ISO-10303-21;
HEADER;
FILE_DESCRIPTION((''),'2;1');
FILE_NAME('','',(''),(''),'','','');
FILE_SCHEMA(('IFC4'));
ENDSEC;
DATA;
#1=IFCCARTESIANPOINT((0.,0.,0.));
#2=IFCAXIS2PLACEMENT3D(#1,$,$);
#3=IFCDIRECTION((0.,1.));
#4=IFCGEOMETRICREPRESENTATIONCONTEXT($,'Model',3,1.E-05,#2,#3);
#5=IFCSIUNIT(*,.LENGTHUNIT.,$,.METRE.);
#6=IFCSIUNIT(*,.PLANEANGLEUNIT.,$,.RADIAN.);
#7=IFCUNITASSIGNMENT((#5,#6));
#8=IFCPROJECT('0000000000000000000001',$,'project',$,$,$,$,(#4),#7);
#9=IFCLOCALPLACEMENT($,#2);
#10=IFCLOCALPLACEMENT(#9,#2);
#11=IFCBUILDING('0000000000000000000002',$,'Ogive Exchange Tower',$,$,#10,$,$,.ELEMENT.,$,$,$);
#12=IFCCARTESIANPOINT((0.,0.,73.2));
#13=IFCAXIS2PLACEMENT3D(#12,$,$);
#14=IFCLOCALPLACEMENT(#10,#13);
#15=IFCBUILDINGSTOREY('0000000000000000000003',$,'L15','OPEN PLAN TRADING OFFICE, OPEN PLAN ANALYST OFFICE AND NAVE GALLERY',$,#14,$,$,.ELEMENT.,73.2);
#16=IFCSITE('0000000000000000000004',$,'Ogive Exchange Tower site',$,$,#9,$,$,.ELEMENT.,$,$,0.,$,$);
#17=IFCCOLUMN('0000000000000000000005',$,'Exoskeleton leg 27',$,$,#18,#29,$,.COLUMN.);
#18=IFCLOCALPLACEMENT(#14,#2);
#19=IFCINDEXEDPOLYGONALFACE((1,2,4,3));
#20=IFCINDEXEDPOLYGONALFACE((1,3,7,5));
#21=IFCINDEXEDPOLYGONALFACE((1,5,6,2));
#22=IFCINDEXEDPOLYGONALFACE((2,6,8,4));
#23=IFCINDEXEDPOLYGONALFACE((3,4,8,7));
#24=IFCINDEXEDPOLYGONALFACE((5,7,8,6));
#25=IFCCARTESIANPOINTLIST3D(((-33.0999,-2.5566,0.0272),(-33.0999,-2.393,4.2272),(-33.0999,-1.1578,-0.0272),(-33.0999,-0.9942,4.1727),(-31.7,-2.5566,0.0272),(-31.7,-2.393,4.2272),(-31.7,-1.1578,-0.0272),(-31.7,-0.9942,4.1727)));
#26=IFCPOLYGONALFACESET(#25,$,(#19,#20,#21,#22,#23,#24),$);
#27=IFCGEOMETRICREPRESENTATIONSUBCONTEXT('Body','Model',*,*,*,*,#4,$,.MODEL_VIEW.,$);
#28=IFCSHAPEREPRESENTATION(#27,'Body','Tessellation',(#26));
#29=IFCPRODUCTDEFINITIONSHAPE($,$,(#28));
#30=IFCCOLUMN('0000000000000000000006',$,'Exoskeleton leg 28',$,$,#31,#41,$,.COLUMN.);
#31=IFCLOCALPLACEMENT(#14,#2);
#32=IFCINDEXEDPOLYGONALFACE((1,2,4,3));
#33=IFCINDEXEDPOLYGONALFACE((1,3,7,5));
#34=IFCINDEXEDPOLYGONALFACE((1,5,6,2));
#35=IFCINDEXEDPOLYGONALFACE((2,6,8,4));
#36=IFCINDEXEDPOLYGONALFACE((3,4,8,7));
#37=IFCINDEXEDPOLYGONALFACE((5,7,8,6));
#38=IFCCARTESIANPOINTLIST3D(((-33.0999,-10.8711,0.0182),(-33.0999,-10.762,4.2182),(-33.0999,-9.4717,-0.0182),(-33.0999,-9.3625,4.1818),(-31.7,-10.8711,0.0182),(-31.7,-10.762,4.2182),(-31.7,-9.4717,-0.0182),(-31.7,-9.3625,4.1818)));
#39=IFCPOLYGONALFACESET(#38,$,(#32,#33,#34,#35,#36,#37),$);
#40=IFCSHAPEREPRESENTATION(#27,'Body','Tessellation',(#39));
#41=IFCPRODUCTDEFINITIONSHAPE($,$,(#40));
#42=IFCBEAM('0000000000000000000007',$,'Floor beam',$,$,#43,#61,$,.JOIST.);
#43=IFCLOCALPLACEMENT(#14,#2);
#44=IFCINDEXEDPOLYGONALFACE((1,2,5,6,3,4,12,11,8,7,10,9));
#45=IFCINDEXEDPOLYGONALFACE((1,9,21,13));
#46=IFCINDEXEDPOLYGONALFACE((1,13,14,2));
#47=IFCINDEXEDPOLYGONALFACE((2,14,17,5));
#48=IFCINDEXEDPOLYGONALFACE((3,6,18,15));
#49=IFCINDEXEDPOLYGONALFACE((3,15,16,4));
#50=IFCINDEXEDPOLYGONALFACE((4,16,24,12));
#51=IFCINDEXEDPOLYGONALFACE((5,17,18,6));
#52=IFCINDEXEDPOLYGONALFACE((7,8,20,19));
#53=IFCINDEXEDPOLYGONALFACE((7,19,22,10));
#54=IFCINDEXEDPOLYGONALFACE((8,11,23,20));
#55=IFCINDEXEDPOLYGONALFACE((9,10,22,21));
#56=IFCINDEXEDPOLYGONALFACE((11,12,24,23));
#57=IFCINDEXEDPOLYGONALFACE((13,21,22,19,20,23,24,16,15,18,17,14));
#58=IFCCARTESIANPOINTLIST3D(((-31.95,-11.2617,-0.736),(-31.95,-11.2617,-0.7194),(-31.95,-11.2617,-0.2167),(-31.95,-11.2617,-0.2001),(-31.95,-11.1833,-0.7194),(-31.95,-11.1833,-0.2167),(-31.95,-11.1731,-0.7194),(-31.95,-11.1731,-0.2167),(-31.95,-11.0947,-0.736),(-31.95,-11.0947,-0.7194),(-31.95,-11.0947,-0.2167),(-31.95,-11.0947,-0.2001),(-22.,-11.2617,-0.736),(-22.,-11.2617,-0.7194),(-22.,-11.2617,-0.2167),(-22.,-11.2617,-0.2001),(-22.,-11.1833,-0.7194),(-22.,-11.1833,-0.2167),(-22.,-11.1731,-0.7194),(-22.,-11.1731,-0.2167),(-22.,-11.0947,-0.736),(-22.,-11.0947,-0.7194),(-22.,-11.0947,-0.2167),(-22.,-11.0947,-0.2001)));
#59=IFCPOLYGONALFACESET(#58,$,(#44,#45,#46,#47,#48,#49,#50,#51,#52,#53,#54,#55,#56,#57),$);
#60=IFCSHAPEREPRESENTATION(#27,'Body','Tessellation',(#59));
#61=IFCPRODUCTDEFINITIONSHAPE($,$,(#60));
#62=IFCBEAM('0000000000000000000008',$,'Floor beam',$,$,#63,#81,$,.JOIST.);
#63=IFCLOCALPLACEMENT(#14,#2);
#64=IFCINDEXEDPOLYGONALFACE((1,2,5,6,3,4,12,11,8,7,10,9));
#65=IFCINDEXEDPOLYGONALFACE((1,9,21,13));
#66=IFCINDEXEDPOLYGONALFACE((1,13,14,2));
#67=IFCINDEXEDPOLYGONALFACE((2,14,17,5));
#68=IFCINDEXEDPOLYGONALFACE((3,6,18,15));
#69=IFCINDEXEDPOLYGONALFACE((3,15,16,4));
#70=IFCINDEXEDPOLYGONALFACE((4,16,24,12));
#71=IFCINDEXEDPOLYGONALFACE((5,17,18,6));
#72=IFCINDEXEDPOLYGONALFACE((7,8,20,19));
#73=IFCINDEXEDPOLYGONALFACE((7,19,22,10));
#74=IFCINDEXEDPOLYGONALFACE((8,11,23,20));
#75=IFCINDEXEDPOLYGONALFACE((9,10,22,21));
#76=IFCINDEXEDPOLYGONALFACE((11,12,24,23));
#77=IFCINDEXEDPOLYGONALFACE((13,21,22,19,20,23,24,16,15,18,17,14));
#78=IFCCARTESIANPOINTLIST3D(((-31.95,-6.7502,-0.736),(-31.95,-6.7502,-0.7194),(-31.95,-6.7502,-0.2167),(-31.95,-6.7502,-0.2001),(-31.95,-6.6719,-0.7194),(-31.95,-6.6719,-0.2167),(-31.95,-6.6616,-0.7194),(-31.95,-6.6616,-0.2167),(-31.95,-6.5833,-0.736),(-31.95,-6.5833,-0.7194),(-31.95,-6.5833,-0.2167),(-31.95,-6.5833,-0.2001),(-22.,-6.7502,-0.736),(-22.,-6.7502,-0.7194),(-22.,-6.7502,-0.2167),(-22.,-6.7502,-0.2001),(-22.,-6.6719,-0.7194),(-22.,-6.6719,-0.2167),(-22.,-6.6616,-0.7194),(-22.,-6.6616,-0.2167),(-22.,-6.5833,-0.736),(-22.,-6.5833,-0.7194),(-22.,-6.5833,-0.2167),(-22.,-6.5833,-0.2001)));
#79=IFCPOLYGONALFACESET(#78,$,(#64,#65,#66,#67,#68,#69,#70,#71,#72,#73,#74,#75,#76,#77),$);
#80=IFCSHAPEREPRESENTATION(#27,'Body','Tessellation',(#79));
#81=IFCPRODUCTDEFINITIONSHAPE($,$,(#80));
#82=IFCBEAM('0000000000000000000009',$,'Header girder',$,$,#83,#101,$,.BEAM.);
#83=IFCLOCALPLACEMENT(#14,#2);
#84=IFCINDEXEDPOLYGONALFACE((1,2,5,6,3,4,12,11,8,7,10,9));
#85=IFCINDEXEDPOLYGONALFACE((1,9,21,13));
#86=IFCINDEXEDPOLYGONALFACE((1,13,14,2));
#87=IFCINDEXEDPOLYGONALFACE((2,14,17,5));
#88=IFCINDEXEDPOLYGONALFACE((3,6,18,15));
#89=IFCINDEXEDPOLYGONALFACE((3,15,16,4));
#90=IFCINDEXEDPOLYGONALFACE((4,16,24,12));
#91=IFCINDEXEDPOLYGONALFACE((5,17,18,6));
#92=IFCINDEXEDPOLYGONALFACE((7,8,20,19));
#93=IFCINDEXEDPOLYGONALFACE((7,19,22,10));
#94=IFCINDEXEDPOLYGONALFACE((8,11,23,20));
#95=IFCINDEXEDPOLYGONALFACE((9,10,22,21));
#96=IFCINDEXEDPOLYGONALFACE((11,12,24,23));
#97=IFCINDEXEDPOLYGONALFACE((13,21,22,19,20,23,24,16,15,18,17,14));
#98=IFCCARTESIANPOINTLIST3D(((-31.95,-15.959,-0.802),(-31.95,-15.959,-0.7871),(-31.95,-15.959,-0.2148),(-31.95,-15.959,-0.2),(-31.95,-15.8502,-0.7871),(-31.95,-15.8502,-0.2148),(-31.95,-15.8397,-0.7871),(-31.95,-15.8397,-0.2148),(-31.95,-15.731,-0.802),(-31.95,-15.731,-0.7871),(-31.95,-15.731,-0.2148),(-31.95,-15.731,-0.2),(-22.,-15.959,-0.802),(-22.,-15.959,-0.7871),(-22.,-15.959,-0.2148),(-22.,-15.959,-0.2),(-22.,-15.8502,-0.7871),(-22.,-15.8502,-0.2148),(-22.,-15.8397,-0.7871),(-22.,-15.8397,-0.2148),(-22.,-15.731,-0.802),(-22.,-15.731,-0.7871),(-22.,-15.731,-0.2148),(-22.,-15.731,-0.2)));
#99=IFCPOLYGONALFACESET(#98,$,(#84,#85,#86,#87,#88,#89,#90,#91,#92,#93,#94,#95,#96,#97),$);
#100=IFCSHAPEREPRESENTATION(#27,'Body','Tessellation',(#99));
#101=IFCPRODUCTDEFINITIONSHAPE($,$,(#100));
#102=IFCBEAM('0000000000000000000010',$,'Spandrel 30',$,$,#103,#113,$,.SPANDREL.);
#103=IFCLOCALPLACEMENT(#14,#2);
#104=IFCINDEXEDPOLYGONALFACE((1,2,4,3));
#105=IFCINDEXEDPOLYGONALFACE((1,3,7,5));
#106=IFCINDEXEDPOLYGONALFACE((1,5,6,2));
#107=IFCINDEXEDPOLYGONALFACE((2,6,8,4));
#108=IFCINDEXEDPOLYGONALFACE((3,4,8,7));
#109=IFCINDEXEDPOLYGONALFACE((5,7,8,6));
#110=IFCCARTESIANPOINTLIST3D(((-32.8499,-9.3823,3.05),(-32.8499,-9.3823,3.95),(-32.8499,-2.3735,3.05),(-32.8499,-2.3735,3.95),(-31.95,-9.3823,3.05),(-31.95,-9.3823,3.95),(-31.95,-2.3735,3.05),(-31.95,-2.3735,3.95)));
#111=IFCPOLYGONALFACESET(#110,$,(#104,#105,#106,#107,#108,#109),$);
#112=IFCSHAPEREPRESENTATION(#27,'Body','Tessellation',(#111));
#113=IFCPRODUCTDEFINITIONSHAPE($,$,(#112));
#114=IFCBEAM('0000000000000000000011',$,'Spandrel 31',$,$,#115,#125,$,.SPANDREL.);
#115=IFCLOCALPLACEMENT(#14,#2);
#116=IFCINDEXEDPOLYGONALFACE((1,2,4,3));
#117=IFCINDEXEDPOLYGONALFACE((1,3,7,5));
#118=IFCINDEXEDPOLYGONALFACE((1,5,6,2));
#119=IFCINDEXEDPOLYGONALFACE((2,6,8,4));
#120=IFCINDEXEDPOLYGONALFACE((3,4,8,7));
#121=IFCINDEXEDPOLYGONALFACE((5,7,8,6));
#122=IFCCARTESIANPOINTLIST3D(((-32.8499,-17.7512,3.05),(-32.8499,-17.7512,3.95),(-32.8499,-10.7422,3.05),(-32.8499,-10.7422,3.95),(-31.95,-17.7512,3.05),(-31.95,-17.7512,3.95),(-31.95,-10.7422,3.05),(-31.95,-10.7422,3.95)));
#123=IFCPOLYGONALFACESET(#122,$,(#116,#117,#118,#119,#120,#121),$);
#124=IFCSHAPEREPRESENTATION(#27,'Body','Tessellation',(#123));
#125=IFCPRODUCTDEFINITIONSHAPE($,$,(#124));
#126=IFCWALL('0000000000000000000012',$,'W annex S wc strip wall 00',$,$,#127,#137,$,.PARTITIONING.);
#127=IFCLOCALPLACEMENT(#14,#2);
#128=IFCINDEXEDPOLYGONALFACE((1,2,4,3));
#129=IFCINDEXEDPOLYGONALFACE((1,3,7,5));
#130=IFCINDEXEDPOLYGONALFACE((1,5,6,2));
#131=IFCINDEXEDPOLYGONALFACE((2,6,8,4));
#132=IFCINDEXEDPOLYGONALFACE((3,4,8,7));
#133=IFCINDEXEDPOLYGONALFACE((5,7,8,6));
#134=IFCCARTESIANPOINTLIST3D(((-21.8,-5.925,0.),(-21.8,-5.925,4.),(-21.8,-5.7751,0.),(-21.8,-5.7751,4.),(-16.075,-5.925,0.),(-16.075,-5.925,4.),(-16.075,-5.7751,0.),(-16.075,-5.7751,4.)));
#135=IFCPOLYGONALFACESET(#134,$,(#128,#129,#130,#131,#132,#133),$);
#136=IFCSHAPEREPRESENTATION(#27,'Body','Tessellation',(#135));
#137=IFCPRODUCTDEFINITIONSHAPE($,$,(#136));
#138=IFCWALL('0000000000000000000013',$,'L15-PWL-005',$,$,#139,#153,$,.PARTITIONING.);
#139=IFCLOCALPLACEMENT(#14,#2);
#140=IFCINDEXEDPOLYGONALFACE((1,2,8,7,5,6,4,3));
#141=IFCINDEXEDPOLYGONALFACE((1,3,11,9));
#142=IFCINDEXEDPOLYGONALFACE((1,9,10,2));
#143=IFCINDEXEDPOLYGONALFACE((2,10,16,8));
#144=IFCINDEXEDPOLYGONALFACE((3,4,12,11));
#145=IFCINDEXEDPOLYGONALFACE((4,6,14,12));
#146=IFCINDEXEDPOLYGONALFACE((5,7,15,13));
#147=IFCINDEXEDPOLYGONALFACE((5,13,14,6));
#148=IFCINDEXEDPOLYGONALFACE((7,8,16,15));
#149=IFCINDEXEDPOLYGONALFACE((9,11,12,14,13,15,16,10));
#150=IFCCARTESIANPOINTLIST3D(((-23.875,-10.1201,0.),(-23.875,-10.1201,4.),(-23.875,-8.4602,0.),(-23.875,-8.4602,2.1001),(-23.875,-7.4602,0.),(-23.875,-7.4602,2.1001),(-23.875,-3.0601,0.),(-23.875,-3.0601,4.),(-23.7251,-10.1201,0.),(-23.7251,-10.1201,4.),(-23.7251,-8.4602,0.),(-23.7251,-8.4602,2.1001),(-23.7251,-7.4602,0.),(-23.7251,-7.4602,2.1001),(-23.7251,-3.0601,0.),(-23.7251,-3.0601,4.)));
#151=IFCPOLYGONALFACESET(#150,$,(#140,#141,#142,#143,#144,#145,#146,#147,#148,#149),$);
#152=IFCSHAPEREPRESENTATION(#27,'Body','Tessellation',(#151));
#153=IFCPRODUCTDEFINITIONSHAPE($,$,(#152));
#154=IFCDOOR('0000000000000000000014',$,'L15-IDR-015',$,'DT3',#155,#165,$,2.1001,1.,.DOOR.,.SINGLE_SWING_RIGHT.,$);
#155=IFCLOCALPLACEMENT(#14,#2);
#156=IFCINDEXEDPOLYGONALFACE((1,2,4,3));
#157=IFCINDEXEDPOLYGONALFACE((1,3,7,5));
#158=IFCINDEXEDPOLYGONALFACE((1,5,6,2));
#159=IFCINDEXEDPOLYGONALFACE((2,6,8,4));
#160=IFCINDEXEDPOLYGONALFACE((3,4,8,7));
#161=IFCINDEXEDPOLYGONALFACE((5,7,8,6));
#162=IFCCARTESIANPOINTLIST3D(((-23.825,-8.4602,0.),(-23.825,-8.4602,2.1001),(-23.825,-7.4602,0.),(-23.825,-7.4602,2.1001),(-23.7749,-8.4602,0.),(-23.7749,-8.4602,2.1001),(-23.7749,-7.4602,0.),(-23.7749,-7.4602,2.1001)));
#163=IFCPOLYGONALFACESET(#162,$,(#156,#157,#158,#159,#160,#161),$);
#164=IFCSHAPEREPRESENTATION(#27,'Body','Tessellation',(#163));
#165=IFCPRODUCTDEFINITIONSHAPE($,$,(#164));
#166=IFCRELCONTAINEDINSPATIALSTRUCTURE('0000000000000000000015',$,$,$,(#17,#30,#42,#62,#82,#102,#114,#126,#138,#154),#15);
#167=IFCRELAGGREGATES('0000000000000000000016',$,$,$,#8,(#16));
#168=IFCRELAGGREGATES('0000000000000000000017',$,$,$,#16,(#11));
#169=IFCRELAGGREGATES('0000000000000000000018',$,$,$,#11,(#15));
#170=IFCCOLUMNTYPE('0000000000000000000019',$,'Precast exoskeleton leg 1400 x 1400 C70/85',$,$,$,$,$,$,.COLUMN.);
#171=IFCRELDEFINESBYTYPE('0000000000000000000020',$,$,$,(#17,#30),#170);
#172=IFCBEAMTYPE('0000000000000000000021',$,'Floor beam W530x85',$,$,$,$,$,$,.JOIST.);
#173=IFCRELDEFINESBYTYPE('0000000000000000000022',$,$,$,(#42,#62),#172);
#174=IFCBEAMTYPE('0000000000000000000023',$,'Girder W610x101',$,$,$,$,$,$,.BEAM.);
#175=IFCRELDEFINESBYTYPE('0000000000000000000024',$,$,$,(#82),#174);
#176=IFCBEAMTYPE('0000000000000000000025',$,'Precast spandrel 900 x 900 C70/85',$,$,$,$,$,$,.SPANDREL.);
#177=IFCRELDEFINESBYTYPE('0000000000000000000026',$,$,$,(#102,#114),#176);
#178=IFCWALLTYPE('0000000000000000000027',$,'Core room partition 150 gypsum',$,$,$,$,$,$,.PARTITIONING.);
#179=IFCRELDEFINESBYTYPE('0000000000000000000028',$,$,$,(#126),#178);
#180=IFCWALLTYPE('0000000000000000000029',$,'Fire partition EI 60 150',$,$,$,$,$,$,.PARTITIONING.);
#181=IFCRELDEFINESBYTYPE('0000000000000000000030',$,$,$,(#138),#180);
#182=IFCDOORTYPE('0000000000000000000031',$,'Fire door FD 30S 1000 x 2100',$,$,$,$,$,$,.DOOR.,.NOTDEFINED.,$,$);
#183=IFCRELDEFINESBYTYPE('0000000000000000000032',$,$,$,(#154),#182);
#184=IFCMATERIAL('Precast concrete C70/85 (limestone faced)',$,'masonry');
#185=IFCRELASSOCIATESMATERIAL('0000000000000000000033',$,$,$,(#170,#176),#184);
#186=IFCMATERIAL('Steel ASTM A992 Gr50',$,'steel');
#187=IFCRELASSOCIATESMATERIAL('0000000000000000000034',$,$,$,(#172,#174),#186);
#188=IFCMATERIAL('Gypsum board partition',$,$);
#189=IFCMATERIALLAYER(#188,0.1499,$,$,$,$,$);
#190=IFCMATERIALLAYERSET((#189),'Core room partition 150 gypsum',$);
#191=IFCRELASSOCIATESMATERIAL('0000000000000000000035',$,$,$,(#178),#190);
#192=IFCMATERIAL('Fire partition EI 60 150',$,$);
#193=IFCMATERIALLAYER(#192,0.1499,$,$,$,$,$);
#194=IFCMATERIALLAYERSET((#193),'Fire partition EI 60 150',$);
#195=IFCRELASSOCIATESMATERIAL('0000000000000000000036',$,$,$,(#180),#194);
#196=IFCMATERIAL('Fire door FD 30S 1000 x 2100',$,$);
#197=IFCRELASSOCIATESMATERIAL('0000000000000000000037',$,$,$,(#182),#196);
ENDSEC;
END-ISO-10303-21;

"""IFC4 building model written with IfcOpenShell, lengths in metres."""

from ifc_helpers import new_model, si_unit, direction, frame, frame_2d, origin, origin_2d, place, context, subcontext, project, spatial, rectangle, i_section, extrude, material, layer, layer_set, material_profile, profile_set, type_object, element, fill, save


model = new_model("IFC4")

# Units and contexts
model_context = context("Model", 3, precision=1e-05, world=origin(), true_north=direction((0.0, 1.0)))
body_context = subcontext(model_context, "Body", "Model", "MODEL_VIEW")
ifc_project = project(units=[si_unit("LENGTHUNIT", "METRE"), si_unit("PLANEANGLEUNIT", "RADIAN")], contexts=[model_context])

# Site, building, storey
site_placement = place(None, origin())
site = spatial("IfcSite", under=ifc_project, at=site_placement, Name="Ogive Exchange Tower site", CompositionType="ELEMENT", RefElevation=0.0)
building_placement = place(site_placement, origin())
building = spatial("IfcBuilding", under=site, at=building_placement, Name="Ogive Exchange Tower", CompositionType="ELEMENT")
storey_placement = place(building_placement, frame((0.0, 0.0, 73.2)))
storey = spatial("IfcBuildingStorey", under=building, at=storey_placement, Name="L15", Description="OPEN PLAN TRADING OFFICE, OPEN PLAN ANALYST OFFICE AND NAVE GALLERY", CompositionType="ELEMENT", Elevation=73.2)

# Columns
ifc_material_1 = material(Name="Precast concrete C70/85 (limestone faced)", Category="masonry")
ifc_material_profile_1 = material_profile(ifc_material_1, rectangle(XDim=1.3999, YDim=1.3999, at=origin_2d()), Name="1400 x 1400")
ifc_profile_set_1 = profile_set([ifc_material_profile_1], Name="Precast concrete C70/85 (limestone faced)")
column_type = type_object("IfcColumnType", Name="Precast exoskeleton leg 1400 x 1400 C70/85", PredefinedType="COLUMN", material=ifc_profile_set_1)
column_1_placement = place(storey_placement, frame((-32.3999, -1.8572, 0.0), z_axis=(0.0, 0.038917, 0.999242), x_axis=(-1.0, 0.0, 0.0)))
element("IfcColumn", 1, at=column_1_placement, inside=storey, type_object=column_type, Name="Exoskeleton leg 27", PredefinedType="COLUMN", context=body_context, shape_type="SweptSolid", body=[
    extrude(rectangle(XDim=1.3999, YDim=1.3999, at=origin_2d()), origin(), (0.0, 0.0, 1.0), 4.2031),
])
column_2_placement = place(storey_placement, frame((-32.3999, -10.1714, 0.0), z_axis=(0.0, 0.025975, 0.999663), x_axis=(-1.0, 0.0, 0.0)))
element("IfcColumn", 2, at=column_2_placement, inside=storey, type_object=column_type, Name="Exoskeleton leg 28", PredefinedType="COLUMN", context=body_context, shape_type="SweptSolid", body=[
    extrude(rectangle(XDim=1.3999, YDim=1.3999, at=origin_2d()), origin(), (0.0, 0.0, 1.0), 4.2014),
])

# Beams
ifc_material_2 = material(Name="Steel ASTM A992 Gr50", Category="steel")
ifc_material_profile_2 = material_profile(ifc_material_2, i_section(OverallWidth=0.167, OverallDepth=0.5359, WebThickness=0.0103, FlangeThickness=0.0166, at=origin_2d()), Name="W530x85")
ifc_profile_set_2 = profile_set([ifc_material_profile_2], Name="Steel ASTM A992 Gr50")
beam_type_1 = type_object("IfcBeamType", Name="Floor beam W530x85", PredefinedType="JOIST", material=ifc_profile_set_2)
for number, where, z_axis, x_axis, name in (
    (3, (-31.95, -11.1782, -0.468), (1.0, 0.0, 0.0), (0.0, 1.0, 0.0), "Floor beam"),
    (4, (-31.95, -6.6667, -0.468), (1.0, 0.0, 0.0), (0.0, 1.0, 0.0), "Floor beam"),
):
    element("IfcBeam", number, at=place(storey_placement, frame(where, z_axis=z_axis, x_axis=x_axis)), inside=storey, type_object=beam_type_1, Name=name, PredefinedType="JOIST", context=body_context, shape_type="SweptSolid", body=[
        extrude(i_section(OverallWidth=0.167, OverallDepth=0.5359, WebThickness=0.0103, FlangeThickness=0.0166, at=origin_2d()), origin(), (0.0, 0.0, 1.0), 9.95),
    ])
ifc_material_profile_3 = material_profile(ifc_material_2, i_section(OverallWidth=0.228, OverallDepth=0.6021, WebThickness=0.0105, FlangeThickness=0.0149, at=origin_2d()), Name="W610x101")
ifc_profile_set_3 = profile_set([ifc_material_profile_3], Name="Steel ASTM A992 Gr50")
beam_type_2 = type_object("IfcBeamType", Name="Girder W610x101", PredefinedType="BEAM", material=ifc_profile_set_3)
beam_1_placement = place(storey_placement, frame((-31.95, -15.845, -0.501), z_axis=(1.0, 0.0, 0.0), x_axis=(0.0, 1.0, 0.0)))
element("IfcBeam", 5, at=beam_1_placement, inside=storey, type_object=beam_type_2, Name="Header girder", PredefinedType="BEAM", context=body_context, shape_type="SweptSolid", body=[
    extrude(i_section(OverallWidth=0.228, OverallDepth=0.6021, WebThickness=0.0105, FlangeThickness=0.0149, at=origin_2d()), origin(), (0.0, 0.0, 1.0), 9.95),
])
ifc_material_profile_4 = material_profile(ifc_material_1, rectangle(XDim=0.8999, YDim=0.8999, at=origin_2d()), Name="900 x 900")
ifc_profile_set_4 = profile_set([ifc_material_profile_4], Name="Precast concrete C70/85 (limestone faced)")
beam_type_3 = type_object("IfcBeamType", Name="Precast spandrel 900 x 900 C70/85", PredefinedType="SPANDREL", material=ifc_profile_set_4)
beam_2_placement = place(storey_placement, frame((-32.3999, -2.3735, 3.5), z_axis=(0.0, -1.0, 0.0), x_axis=(1.0, 0.0, 0.0)))
element("IfcBeam", 6, at=beam_2_placement, inside=storey, type_object=beam_type_3, Name="Spandrel 30", PredefinedType="SPANDREL", context=body_context, shape_type="SweptSolid", body=[
    extrude(rectangle(XDim=0.8999, YDim=0.8999, at=origin_2d()), origin(), (0.0, 0.0, 1.0), 7.0088),
])
beam_3_placement = place(storey_placement, frame((-32.3999, -10.7422, 3.5), z_axis=(0.0, -1.0, 0.0), x_axis=(1.0, 0.0, 0.0)))
element("IfcBeam", 7, at=beam_3_placement, inside=storey, type_object=beam_type_3, Name="Spandrel 31", PredefinedType="SPANDREL", context=body_context, shape_type="SweptSolid", body=[
    extrude(rectangle(XDim=0.8999, YDim=0.8999, at=origin_2d()), origin(), (0.0, 0.0, 1.0), 7.009),
])

# Wall
ifc_material_3 = material(Name="Gypsum board partition")
ifc_layer_1 = layer(ifc_material_3, 0.1499)
ifc_layer_set_1 = layer_set([ifc_layer_1], Name="Core room partition 150 gypsum")
wall_type_1 = type_object("IfcWallType", Name="Core room partition 150 gypsum", PredefinedType="PARTITIONING", material=ifc_layer_set_1)
wall_1_placement = place(storey_placement, frame((-21.8, -5.8501, 0.0), z_axis=(0.0, 0.0, 1.0), x_axis=(1.0, 0.0, 0.0)))
element("IfcWall", 8, at=wall_1_placement, inside=storey, type_object=wall_type_1, Name="W annex S wc strip wall 00", PredefinedType="PARTITIONING", context=body_context, shape_type="SweptSolid", body=[
    extrude(rectangle(XDim=5.7251, YDim=0.1499, at=frame_2d((2.8625, 0.0))), origin(), (0.0, 0.0, 1.0), 4.0),
])

# Wall, opening, door
ifc_material_4 = material(Name="Fire partition EI 60 150")
ifc_layer_2 = layer(ifc_material_4, 0.1499)
ifc_layer_set_2 = layer_set([ifc_layer_2], Name="Fire partition EI 60 150")
wall_type_2 = type_object("IfcWallType", Name="Fire partition EI 60 150", PredefinedType="PARTITIONING", material=ifc_layer_set_2)
wall_2_placement = place(storey_placement, frame((-23.8, -10.1201, 0.0), z_axis=(0.0, 0.0, 1.0), x_axis=(0.0, 1.0, 0.0)))
wall_2 = element("IfcWall", 9, at=wall_2_placement, inside=storey, type_object=wall_type_2, Name="L15-PWL-005", PredefinedType="PARTITIONING", context=body_context, shape_type="SweptSolid", body=[
    extrude(rectangle(XDim=7.0601, YDim=0.1499, at=frame_2d((3.53, 0.0))), origin(), (0.0, 0.0, 1.0), 4.0),
])
opening_1_placement = place(wall_2_placement, frame((1.6599, 0.0, 0.0)))
opening_1 = element("IfcOpeningElement", 10, at=opening_1_placement, cuts=wall_2, PredefinedType="OPENING", context=body_context, shape_type="SweptSolid", body=[
    extrude(rectangle(XDim=1.0, YDim=2.1001, at=frame_2d((0.5, 1.05))), frame((0.0, 0.085, 0.0), z_axis=(0.0, -1.0, 0.0), x_axis=(1.0, 0.0, 0.0)), (0.0, 0.0, 1.0), 0.1699),
])
ifc_material_5 = material(Name="Fire door FD 30S 1000 x 2100")
door_type_1 = type_object("IfcDoorType", Name="Fire door FD 30S 1000 x 2100", OperationType="NOTDEFINED", PredefinedType="DOOR", material=ifc_material_5)
door_1_placement = place(opening_1_placement, origin())
door_1 = element("IfcDoor", 11, at=door_1_placement, inside=storey, type_object=door_type_1, Name="L15-IDR-015", ObjectType="DT3", OperationType="SINGLE_SWING_RIGHT", OverallHeight=2.1001, OverallWidth=1.0, PredefinedType="DOOR", context=body_context, shape_type="SweptSolid", body=[
    extrude(rectangle(XDim=1.0, YDim=2.1001, at=frame_2d((0.5, 1.05))), frame((0.0, 0.0249, 0.0), z_axis=(0.0, -1.0, 0.0), x_axis=(1.0, 0.0, 0.0)), (0.0, 0.0, 1.0), 0.05),
])
fill(opening_1, door_1)

save(model, "model.ifc")
